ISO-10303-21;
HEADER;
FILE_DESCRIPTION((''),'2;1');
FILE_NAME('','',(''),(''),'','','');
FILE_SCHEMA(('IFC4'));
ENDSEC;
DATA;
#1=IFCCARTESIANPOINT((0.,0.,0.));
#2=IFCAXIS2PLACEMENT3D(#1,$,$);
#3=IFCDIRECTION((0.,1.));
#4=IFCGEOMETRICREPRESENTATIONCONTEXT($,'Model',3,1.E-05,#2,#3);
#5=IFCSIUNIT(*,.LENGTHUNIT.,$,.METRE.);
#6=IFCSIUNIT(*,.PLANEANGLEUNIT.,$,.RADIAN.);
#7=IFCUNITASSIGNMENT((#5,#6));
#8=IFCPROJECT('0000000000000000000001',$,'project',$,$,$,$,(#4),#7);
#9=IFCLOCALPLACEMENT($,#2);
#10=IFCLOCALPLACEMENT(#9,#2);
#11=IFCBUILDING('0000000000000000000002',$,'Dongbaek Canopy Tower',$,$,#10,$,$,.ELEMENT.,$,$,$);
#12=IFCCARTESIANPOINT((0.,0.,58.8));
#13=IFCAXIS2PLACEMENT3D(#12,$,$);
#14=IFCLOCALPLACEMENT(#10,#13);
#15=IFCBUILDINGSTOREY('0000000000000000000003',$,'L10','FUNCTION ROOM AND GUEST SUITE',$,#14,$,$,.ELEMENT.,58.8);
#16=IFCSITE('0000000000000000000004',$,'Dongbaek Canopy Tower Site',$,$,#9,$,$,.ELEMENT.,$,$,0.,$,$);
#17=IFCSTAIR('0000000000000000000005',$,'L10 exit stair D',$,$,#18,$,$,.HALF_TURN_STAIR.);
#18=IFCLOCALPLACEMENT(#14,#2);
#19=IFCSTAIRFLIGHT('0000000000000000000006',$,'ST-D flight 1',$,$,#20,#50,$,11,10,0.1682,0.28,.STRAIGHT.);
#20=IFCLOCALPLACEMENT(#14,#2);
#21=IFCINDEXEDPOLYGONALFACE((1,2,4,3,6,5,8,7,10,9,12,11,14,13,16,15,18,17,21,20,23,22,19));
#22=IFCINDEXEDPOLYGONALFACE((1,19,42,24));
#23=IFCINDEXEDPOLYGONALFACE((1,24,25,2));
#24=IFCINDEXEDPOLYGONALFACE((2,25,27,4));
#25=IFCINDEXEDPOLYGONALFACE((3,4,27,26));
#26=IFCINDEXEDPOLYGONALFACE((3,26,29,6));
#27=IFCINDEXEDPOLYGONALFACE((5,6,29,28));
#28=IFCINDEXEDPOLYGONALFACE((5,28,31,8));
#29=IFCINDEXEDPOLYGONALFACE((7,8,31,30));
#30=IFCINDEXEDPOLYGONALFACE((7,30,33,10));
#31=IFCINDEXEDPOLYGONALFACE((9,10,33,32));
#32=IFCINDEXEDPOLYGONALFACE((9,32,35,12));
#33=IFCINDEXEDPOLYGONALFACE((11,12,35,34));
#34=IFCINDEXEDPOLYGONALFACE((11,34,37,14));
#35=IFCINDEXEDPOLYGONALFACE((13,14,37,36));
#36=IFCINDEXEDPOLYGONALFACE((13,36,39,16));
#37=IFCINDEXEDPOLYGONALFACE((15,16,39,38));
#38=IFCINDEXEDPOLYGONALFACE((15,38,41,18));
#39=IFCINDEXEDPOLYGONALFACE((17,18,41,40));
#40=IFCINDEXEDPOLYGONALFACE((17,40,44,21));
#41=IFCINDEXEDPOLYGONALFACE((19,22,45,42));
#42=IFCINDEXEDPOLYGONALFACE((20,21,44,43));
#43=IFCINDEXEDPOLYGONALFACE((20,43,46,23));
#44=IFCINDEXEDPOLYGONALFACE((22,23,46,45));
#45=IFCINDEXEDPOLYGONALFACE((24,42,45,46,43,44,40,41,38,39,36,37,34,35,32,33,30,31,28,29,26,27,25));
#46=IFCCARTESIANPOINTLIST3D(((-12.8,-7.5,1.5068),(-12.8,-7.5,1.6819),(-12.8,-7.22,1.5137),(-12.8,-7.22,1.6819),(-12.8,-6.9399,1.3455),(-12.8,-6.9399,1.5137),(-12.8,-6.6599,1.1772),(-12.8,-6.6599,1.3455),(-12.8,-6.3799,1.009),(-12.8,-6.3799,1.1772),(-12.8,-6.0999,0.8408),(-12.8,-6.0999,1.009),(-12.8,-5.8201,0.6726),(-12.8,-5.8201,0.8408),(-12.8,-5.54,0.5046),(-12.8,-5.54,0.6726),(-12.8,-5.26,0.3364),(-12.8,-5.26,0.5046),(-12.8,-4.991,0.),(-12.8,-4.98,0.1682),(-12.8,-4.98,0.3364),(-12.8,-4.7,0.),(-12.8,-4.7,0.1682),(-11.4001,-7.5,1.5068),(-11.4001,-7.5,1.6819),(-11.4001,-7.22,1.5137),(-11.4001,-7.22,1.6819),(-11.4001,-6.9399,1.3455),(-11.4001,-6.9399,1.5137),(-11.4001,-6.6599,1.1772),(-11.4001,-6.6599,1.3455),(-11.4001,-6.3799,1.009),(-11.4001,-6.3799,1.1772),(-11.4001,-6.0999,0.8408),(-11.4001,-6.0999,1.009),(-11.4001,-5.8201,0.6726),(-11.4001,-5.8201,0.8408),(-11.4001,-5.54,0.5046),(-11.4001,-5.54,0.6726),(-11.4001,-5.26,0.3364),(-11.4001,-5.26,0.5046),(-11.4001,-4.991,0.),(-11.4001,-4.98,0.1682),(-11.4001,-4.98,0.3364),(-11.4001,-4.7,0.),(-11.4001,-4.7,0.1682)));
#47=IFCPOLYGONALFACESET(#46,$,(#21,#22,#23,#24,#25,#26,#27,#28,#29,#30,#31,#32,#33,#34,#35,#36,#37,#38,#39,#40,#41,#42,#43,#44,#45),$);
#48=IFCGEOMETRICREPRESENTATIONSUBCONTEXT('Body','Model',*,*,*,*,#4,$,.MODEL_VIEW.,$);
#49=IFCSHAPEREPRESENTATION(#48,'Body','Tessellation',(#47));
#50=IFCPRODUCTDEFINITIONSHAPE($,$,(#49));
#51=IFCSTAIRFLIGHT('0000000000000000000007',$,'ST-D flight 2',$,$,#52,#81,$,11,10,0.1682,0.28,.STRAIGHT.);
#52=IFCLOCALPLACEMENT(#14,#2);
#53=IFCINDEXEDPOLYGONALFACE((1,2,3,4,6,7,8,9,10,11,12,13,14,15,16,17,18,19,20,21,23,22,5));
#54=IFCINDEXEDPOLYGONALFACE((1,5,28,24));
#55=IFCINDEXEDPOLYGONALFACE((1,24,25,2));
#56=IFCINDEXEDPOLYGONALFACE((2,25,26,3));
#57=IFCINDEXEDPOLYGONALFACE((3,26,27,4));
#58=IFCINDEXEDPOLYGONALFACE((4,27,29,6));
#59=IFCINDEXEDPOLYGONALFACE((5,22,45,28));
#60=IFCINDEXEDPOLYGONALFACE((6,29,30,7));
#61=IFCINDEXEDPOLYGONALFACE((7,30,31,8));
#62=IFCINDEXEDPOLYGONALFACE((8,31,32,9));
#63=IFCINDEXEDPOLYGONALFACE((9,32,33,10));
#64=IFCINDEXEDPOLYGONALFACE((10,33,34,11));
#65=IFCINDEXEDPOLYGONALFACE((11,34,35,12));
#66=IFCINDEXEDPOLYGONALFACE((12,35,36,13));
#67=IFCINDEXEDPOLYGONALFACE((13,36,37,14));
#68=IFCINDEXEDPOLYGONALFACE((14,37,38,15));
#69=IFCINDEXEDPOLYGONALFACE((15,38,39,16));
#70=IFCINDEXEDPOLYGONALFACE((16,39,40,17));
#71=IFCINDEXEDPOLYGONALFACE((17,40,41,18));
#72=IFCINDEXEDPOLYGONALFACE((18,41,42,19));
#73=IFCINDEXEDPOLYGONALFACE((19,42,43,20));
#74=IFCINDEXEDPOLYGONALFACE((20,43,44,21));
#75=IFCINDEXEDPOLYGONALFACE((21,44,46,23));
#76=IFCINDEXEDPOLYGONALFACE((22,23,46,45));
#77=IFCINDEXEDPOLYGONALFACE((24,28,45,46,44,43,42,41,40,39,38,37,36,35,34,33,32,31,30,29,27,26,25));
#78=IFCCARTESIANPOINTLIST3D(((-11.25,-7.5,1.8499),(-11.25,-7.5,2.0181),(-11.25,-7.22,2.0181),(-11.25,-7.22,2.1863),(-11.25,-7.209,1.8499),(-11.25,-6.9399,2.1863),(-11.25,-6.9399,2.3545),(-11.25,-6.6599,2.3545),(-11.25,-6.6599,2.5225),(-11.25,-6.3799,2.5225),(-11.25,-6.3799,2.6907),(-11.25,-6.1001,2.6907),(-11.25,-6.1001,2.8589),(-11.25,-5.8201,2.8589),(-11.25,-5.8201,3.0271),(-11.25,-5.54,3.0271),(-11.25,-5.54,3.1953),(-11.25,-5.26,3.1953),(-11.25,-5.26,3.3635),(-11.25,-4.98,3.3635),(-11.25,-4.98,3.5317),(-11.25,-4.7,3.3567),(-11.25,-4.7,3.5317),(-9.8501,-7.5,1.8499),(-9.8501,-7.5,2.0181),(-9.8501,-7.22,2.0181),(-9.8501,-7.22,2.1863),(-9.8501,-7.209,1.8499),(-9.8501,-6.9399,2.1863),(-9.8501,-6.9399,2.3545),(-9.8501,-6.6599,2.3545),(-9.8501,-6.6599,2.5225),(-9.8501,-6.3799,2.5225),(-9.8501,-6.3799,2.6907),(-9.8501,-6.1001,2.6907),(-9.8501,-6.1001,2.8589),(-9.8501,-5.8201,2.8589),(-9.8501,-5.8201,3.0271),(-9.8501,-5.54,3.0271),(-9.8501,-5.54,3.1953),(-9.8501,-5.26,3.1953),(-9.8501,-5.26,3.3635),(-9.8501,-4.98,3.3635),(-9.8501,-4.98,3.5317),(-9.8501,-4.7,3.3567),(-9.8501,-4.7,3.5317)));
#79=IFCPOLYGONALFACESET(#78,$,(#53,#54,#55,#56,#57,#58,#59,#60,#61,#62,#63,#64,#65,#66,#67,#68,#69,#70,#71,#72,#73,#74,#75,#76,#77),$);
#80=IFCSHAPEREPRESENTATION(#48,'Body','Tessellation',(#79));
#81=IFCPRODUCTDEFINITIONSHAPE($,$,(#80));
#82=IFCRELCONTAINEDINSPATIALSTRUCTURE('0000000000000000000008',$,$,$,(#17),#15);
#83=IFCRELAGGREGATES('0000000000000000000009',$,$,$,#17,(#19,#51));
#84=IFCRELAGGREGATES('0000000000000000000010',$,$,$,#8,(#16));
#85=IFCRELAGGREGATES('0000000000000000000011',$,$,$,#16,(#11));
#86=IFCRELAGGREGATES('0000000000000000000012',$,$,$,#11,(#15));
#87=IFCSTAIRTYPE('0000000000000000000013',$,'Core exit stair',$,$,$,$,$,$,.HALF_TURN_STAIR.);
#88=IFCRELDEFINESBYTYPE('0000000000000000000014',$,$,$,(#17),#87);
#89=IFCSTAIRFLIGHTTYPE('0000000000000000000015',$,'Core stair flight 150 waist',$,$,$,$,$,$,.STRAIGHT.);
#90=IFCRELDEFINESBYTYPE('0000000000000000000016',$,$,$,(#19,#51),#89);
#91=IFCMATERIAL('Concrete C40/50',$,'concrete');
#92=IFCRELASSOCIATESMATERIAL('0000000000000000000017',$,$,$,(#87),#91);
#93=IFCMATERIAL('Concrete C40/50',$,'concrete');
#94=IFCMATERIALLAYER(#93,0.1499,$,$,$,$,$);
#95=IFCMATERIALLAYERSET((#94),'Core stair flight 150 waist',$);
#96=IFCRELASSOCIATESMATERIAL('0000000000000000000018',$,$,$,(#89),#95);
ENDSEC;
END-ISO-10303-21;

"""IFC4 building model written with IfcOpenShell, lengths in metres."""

from ifc_helpers import new_model, si_unit, direction, frame, origin, place, context, subcontext, project, spatial, polyline, outline, extrude, material, layer, layer_set, type_object, element, aggregate, save


model = new_model("IFC4")

# Units and contexts
model_context = context("Model", 3, precision=1e-05, world=origin(), true_north=direction((0.0, 1.0)))
body_context = subcontext(model_context, "Body", "Model", "MODEL_VIEW")
ifc_project = project(units=[si_unit("LENGTHUNIT", "METRE"), si_unit("PLANEANGLEUNIT", "RADIAN")], contexts=[model_context])

# Site, building, storey
site_placement = place(None, origin())
site = spatial("IfcSite", under=ifc_project, at=site_placement, Name="Dongbaek Canopy Tower Site", CompositionType="ELEMENT", RefElevation=0.0)
building_placement = place(site_placement, origin())
building = spatial("IfcBuilding", under=site, at=building_placement, Name="Dongbaek Canopy Tower", CompositionType="ELEMENT")
storey_placement = place(building_placement, frame((0.0, 0.0, 58.8)))
storey = spatial("IfcBuildingStorey", under=building, at=storey_placement, Name="L10", Description="FUNCTION ROOM AND GUEST SUITE", CompositionType="ELEMENT", Elevation=58.8)

# Stair, stair flights
ifc_material_1 = material(Name="Concrete C40/50", Category="concrete")
stair_type = type_object("IfcStairType", Name="Core exit stair", PredefinedType="HALF_TURN_STAIR", material=ifc_material_1)
stair_placement = place(storey_placement, origin())
stair = element("IfcStair", 1, at=stair_placement, inside=storey, type_object=stair_type, Name="L10 exit stair D", PredefinedType="HALF_TURN_STAIR")
ifc_material_2 = material(Name="Concrete C40/50", Category="concrete")
ifc_layer_1 = layer(ifc_material_2, 0.1499)
ifc_layer_set_1 = layer_set([ifc_layer_1], Name="Core stair flight 150 waist")
stair_flight_type = type_object("IfcStairFlightType", Name="Core stair flight 150 waist", PredefinedType="STRAIGHT", material=ifc_layer_set_1)
stair_flight_1_placement = place(storey_placement, frame((-12.1001, -4.7, 0.0), z_axis=(0.0, 0.0, 1.0), x_axis=(0.0, -1.0, 0.0)))
stair_flight_1 = element("IfcStairFlight", 2, at=stair_flight_1_placement, type_object=stair_flight_type, Name="ST-D flight 1", NumberOfRisers=11, NumberOfTreads=10, PredefinedType="STRAIGHT", RiserHeight=0.1682, TreadLength=0.28, context=body_context, shape_type="SweptSolid", body=[
    extrude(outline(polyline([(0.0, 0.0), (0.0, 0.1682), (0.28, 0.1682), (0.28, 0.3364), (0.5601, 0.3364), (0.5601, 0.5046), (0.8401, 0.5046), (0.8401, 0.6726), (1.1201, 0.6726), (1.1201, 0.8408), (1.3999, 0.8408), (1.3999, 1.009), (1.6799, 1.009), (1.6799, 1.1772), (1.96, 1.1772), (1.96, 1.3455), (2.24, 1.3455), (2.24, 1.5137), (2.52, 1.5137), (2.52, 1.6819), (2.8, 1.6819), (2.8, 1.8501), (2.8, 1.5068), (0.291, 0.0), (0.0, 0.0)])), frame((0.0, 0.7, 0.0), z_axis=(0.0, -1.0, 0.0), x_axis=(1.0, 0.0, 0.0)), (0.0, 0.0, 1.0), 1.3999),
])
stair_flight_2_placement = place(storey_placement, frame((-10.55, -7.5, 1.8499), z_axis=(0.0, 0.0, 1.0), x_axis=(0.0, 1.0, 0.0)))
stair_flight_2 = element("IfcStairFlight", 3, at=stair_flight_2_placement, type_object=stair_flight_type, Name="ST-D flight 2", NumberOfRisers=11, NumberOfTreads=10, PredefinedType="STRAIGHT", RiserHeight=0.1682, TreadLength=0.28, context=body_context, shape_type="SweptSolid", body=[
    extrude(outline(polyline([(0.0, 0.0), (0.0, 0.1682), (0.28, 0.1682), (0.28, 0.3364), (0.5601, 0.3364), (0.5601, 0.5046), (0.8401, 0.5046), (0.8401, 0.6726), (1.1201, 0.6726), (1.1201, 0.8408), (1.3999, 0.8408), (1.3999, 1.009), (1.6799, 1.009), (1.6799, 1.1772), (1.96, 1.1772), (1.96, 1.3455), (2.24, 1.3455), (2.24, 1.5137), (2.52, 1.5137), (2.52, 1.6819), (2.8, 1.6819), (2.8, 1.8501), (2.8, 1.5068), (0.291, 0.0), (0.0, 0.0)])), frame((0.0, 0.7, 0.0), z_axis=(0.0, -1.0, 0.0), x_axis=(1.0, 0.0, 0.0)), (0.0, 0.0, 1.0), 1.3999),
])
aggregate(stair, [stair_flight_1, stair_flight_2])

save(model, "model.ifc")
